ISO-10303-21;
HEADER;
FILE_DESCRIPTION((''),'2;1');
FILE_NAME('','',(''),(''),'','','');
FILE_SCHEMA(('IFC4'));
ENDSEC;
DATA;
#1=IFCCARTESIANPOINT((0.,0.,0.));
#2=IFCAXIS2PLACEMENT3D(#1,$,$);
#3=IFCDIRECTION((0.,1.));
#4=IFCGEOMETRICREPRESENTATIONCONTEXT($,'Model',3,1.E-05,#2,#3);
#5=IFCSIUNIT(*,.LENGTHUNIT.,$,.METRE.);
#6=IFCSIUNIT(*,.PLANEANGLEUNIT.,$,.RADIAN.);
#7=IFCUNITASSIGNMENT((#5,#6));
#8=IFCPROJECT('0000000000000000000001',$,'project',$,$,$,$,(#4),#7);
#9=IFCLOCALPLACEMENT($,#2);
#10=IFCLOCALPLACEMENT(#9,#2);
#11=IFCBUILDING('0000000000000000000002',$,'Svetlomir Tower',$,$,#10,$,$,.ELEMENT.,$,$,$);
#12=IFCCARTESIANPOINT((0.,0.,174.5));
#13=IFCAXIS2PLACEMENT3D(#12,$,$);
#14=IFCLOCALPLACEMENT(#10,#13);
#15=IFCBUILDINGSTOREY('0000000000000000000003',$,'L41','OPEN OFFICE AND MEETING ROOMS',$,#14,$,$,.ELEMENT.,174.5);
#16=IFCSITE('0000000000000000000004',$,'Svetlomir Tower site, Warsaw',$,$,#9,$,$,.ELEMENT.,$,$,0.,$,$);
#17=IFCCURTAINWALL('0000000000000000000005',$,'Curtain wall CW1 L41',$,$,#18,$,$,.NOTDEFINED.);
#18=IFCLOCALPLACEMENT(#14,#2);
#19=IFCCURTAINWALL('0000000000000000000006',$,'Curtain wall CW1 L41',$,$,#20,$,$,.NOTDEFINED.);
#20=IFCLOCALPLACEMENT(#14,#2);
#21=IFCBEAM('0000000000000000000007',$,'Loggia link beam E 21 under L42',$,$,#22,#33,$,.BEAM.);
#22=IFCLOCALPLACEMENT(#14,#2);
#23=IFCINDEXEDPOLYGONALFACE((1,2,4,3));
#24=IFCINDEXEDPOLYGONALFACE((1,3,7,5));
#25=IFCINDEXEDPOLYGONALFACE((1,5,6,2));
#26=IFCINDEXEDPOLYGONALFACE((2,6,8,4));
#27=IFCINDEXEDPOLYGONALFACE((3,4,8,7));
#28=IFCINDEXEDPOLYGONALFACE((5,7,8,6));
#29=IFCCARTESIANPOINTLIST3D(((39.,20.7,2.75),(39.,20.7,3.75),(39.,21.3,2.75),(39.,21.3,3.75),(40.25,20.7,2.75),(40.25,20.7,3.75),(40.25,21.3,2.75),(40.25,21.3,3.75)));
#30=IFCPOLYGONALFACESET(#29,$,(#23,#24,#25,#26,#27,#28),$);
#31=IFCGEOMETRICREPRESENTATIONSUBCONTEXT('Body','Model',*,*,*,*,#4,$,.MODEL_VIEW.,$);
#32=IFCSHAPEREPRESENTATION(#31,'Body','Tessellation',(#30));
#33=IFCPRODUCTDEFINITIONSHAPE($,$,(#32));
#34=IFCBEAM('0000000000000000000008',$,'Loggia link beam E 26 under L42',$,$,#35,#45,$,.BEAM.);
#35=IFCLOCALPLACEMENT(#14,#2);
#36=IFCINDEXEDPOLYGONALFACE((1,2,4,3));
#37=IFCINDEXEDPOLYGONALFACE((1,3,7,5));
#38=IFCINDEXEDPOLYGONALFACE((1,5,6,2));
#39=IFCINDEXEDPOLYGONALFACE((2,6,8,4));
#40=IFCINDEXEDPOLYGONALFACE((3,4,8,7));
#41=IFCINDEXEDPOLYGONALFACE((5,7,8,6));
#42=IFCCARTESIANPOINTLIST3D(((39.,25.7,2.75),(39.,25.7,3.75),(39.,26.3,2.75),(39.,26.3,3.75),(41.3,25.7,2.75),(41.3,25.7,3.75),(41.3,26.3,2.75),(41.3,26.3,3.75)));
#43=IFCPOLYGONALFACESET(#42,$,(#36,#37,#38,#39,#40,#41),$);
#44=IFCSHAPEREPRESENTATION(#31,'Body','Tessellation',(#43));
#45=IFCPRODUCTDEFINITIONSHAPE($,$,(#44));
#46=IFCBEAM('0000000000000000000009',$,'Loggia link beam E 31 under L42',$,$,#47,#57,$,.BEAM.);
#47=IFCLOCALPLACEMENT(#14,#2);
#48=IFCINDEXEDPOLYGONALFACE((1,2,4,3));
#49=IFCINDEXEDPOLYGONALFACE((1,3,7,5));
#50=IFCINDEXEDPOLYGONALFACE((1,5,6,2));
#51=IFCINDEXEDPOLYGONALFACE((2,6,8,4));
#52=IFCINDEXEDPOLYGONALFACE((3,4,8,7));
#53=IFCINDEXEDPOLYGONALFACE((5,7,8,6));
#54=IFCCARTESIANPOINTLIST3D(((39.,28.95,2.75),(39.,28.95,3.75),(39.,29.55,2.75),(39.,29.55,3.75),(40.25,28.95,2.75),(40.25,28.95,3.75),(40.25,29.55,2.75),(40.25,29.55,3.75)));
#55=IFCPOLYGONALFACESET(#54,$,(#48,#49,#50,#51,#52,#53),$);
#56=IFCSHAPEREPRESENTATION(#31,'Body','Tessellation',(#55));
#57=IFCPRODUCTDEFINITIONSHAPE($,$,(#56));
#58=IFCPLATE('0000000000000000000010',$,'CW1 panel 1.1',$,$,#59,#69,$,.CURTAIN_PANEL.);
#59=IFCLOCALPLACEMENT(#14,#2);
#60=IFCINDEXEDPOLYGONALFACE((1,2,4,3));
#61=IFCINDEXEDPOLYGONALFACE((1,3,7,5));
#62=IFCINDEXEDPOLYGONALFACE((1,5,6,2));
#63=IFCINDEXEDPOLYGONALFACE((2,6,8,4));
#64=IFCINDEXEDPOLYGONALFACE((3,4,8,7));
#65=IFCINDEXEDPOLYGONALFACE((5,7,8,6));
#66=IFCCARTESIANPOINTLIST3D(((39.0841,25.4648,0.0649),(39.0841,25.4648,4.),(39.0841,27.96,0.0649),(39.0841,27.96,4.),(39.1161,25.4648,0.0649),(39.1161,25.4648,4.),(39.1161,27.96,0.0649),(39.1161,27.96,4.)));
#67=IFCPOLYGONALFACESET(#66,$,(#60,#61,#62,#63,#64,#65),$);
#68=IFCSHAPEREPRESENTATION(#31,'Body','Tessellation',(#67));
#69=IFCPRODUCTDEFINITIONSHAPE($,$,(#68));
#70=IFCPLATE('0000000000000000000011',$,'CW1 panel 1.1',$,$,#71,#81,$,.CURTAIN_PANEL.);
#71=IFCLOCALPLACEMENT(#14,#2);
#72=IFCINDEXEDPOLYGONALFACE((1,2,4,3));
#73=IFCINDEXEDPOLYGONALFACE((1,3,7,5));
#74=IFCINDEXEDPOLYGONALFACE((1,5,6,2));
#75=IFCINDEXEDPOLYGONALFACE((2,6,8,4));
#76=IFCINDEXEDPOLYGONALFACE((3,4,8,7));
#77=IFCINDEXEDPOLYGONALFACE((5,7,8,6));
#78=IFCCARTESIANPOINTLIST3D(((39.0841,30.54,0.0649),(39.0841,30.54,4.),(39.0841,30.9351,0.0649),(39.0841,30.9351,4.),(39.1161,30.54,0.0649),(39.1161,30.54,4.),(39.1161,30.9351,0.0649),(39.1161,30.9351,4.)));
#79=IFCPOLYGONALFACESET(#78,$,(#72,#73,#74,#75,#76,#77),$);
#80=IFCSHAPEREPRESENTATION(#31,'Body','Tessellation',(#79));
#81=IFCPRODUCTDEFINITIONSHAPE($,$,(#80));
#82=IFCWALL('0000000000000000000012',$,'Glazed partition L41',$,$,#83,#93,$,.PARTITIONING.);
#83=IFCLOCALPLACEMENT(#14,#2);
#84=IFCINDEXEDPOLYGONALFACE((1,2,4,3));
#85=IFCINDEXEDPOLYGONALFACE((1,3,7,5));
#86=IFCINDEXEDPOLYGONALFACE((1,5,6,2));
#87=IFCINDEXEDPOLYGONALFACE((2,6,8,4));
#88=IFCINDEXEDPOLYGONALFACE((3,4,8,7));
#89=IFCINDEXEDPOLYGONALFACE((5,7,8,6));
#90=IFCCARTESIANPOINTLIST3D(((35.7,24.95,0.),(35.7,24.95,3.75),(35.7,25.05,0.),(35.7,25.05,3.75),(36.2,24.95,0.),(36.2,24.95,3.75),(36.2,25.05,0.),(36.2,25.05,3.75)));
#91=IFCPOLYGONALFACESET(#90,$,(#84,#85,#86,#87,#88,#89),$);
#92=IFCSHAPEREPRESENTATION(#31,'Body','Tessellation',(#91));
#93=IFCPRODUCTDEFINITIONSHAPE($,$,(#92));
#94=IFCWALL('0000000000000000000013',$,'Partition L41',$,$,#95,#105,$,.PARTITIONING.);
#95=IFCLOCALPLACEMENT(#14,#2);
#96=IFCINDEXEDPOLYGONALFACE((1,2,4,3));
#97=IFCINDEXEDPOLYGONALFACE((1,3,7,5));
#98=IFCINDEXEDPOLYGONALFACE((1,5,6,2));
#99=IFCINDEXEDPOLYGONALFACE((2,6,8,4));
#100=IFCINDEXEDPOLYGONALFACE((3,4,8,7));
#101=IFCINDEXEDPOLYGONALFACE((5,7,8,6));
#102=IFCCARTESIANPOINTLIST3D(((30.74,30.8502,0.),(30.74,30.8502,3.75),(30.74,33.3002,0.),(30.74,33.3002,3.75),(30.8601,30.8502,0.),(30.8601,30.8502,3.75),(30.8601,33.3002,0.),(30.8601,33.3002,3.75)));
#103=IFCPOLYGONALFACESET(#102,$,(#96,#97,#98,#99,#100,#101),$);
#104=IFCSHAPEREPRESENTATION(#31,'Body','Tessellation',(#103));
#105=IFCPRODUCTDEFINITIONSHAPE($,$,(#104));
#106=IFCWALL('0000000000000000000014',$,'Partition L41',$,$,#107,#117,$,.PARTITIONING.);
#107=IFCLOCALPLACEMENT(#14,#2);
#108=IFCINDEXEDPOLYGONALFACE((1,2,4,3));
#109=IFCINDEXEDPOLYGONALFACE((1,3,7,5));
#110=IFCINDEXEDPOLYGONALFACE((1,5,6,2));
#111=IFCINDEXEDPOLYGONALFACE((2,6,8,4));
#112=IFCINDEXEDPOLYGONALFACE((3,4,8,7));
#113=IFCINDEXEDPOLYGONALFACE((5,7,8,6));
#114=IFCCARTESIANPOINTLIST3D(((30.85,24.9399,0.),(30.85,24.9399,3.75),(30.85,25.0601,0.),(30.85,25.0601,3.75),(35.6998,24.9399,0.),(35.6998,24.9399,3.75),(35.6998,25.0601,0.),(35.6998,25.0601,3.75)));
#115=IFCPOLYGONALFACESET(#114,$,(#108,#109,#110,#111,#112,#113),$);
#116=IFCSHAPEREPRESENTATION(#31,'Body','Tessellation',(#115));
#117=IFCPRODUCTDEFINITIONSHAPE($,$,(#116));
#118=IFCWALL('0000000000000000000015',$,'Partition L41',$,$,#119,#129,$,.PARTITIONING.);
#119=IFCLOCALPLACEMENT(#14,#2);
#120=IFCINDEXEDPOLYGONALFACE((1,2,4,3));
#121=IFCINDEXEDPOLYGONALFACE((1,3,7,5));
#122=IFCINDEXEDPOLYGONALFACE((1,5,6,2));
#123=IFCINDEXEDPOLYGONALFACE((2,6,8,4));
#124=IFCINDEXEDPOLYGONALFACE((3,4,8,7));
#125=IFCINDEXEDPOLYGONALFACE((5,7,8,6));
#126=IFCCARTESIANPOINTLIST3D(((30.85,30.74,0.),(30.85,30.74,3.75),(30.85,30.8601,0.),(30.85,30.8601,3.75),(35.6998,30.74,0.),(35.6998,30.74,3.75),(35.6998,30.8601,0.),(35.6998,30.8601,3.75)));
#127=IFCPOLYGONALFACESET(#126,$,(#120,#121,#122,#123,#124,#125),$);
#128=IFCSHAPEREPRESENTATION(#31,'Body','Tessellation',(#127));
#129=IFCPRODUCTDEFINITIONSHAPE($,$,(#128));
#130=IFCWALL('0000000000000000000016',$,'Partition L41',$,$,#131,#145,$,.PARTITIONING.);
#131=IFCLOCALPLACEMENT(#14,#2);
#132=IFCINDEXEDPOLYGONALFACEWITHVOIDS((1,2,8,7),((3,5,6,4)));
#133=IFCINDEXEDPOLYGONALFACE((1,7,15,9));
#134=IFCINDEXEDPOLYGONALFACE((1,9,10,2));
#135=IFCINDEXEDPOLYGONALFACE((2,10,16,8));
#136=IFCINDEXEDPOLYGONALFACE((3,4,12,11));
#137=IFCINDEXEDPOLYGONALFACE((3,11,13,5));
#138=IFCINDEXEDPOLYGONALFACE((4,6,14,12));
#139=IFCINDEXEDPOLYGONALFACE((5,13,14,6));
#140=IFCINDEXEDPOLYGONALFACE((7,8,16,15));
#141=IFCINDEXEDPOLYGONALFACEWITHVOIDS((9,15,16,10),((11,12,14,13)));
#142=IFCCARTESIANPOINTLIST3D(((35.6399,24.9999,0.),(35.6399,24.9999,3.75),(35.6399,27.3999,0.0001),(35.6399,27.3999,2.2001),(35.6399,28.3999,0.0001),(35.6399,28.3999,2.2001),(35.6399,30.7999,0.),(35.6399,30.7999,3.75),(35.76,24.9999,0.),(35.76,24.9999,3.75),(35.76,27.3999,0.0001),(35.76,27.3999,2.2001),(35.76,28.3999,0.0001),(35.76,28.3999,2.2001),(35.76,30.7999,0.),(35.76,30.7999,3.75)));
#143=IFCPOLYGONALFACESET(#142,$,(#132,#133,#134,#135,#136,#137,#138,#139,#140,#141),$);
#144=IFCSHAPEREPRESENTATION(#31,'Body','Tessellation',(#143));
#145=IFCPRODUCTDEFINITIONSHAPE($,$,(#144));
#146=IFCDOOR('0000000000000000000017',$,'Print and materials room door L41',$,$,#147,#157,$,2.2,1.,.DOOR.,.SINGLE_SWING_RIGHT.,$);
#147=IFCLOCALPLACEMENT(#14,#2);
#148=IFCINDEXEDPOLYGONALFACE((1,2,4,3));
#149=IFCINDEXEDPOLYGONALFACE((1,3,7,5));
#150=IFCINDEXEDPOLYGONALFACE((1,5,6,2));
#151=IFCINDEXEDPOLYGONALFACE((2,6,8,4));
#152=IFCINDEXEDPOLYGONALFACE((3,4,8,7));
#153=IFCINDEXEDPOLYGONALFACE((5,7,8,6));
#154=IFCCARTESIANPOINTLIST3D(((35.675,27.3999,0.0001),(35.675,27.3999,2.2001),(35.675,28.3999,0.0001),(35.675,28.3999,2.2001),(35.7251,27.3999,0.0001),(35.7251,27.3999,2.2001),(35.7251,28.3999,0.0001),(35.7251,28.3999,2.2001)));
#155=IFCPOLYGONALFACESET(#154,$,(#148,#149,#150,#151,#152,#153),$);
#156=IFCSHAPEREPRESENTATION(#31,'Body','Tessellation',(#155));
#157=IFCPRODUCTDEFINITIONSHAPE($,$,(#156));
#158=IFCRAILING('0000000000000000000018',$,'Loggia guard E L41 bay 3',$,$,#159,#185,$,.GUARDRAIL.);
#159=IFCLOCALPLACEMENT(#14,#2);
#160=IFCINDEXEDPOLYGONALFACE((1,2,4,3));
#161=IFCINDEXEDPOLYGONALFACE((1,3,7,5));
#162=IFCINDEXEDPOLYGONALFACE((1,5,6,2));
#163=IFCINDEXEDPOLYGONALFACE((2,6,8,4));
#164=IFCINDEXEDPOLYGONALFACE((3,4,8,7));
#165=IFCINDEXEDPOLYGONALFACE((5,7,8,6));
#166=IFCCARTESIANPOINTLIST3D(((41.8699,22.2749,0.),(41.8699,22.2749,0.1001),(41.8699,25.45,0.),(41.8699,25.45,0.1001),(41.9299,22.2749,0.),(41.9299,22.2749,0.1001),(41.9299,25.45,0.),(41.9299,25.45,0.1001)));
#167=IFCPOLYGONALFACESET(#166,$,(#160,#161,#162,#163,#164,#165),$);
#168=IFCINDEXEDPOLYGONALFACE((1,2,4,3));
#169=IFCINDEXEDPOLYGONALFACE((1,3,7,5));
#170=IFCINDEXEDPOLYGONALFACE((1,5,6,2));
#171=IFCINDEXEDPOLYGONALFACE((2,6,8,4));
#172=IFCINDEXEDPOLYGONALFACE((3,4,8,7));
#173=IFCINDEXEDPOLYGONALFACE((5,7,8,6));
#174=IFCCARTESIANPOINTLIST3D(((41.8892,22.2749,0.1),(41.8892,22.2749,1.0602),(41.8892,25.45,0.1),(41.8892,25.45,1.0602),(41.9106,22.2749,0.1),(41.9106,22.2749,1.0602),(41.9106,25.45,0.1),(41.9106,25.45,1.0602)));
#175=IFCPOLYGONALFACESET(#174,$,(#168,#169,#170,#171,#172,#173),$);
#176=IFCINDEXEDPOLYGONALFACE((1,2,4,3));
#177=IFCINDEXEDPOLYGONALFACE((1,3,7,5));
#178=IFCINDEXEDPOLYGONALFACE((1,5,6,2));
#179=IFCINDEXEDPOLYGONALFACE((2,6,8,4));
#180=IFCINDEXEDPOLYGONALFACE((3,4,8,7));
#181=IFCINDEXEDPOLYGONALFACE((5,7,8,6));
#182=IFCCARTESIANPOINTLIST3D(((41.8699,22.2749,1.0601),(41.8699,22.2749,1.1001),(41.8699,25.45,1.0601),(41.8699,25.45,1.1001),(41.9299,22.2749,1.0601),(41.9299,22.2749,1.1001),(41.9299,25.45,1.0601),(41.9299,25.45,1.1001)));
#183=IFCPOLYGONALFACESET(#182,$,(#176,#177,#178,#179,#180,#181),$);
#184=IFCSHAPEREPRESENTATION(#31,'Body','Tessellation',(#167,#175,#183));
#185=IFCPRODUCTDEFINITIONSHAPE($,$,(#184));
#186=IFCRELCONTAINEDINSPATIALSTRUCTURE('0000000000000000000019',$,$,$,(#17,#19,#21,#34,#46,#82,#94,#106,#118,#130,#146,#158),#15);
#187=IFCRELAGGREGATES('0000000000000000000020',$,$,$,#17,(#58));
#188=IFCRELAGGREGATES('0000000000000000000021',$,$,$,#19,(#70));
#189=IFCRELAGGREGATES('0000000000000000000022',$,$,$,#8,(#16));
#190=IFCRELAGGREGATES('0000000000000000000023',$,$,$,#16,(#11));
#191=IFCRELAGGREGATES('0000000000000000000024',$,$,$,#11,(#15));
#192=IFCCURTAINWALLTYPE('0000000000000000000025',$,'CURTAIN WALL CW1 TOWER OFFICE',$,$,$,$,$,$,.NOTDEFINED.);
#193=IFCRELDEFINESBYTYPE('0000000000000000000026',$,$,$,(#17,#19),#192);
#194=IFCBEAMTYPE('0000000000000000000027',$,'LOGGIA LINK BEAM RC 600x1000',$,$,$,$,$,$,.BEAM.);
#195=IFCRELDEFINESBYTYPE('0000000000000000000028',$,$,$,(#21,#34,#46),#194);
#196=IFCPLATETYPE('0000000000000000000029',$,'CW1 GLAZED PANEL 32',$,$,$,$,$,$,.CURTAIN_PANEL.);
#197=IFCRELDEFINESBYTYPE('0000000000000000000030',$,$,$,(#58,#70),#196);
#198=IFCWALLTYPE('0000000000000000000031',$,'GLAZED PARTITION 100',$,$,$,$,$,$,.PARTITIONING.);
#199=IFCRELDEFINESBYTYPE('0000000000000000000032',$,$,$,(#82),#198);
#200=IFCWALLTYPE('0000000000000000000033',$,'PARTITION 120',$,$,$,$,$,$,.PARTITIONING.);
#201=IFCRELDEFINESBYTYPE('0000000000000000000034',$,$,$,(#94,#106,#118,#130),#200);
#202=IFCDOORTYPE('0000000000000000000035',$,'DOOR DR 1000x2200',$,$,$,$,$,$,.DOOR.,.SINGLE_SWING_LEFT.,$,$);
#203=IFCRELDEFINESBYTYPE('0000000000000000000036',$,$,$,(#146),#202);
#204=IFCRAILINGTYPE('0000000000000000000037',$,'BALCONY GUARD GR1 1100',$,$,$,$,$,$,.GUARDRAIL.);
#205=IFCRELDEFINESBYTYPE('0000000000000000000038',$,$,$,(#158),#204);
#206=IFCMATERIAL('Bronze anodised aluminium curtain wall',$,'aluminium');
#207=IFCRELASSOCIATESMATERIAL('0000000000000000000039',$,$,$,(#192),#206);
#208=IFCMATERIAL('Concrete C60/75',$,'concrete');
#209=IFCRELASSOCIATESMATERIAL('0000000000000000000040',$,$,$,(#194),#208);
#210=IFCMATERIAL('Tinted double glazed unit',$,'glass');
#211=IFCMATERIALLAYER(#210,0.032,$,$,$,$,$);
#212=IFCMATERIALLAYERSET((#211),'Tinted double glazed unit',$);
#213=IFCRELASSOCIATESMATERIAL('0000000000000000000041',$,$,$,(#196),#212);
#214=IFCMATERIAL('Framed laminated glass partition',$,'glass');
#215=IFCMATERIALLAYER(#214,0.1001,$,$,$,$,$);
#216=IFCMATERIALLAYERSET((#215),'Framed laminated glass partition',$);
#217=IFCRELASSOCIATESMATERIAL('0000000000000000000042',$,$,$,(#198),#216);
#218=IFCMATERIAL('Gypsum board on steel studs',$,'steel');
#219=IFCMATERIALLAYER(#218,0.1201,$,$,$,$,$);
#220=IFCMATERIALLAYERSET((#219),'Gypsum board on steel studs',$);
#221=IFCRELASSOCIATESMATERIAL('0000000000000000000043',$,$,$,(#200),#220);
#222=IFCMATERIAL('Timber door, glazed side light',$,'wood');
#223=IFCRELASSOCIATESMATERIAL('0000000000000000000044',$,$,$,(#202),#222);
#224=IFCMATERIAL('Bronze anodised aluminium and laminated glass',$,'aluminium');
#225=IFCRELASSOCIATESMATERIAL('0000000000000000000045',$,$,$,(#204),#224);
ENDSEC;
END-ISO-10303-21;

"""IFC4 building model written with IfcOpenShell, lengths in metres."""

from ifc_helpers import new_model, si_unit, direction, frame, frame_2d, origin, origin_2d, place, context, subcontext, project, spatial, rectangle, extrude, material, layer, layer_set, material_profile, profile_set, type_object, element, fill, aggregate, save


model = new_model("IFC4")

# Units and contexts
model_context = context("Model", 3, precision=1e-05, world=origin(), true_north=direction((0.0, 1.0)))
body_context = subcontext(model_context, "Body", "Model", "MODEL_VIEW")
ifc_project = project(units=[si_unit("LENGTHUNIT", "METRE"), si_unit("PLANEANGLEUNIT", "RADIAN")], contexts=[model_context])

# Site, building, storey
site_placement = place(None, origin())
site = spatial("IfcSite", under=ifc_project, at=site_placement, Name="Svetlomir Tower site, Warsaw", CompositionType="ELEMENT", RefElevation=0.0)
building_placement = place(site_placement, origin())
building = spatial("IfcBuilding", under=site, at=building_placement, Name="Svetlomir Tower", CompositionType="ELEMENT")
storey_placement = place(building_placement, frame((0.0, 0.0, 174.5)))
storey = spatial("IfcBuildingStorey", under=building, at=storey_placement, Name="L41", Description="OPEN OFFICE AND MEETING ROOMS", CompositionType="ELEMENT", Elevation=174.5)

# Curtain wall
ifc_material_1 = material(Name="Bronze anodised aluminium curtain wall", Category="aluminium")
curtain_wall_type = type_object("IfcCurtainWallType", Name="CURTAIN WALL CW1 TOWER OFFICE", PredefinedType="NOTDEFINED", material=ifc_material_1)
curtain_wall_1_placement = place(storey_placement, origin())
curtain_wall_1 = element("IfcCurtainWall", 1, at=curtain_wall_1_placement, inside=storey, type_object=curtain_wall_type, Name="Curtain wall CW1 L41", PredefinedType="NOTDEFINED")

# Curtain wall
curtain_wall_2_placement = place(storey_placement, origin())
curtain_wall_2 = element("IfcCurtainWall", 2, at=curtain_wall_2_placement, inside=storey, type_object=curtain_wall_type, Name="Curtain wall CW1 L41", PredefinedType="NOTDEFINED")

# Beams
ifc_material_2 = material(Name="Concrete C60/75", Category="concrete")
ifc_material_profile_1 = material_profile(ifc_material_2, rectangle(XDim=0.6001, YDim=1.0, at=origin_2d()), Name="RC 600x1000")
ifc_profile_set_1 = profile_set([ifc_material_profile_1], Name="Concrete C60/75")
beam_type_1 = type_object("IfcBeamType", Name="LOGGIA LINK BEAM RC 600x1000", PredefinedType="BEAM", material=ifc_profile_set_1)
beam_1_placement = place(storey_placement, frame((40.25, 21.0, 3.25), z_axis=(-1.0, 0.0, 0.0), x_axis=(0.0, -1.0, 0.0)))
element("IfcBeam", 3, at=beam_1_placement, inside=storey, type_object=beam_type_1, Name="Loggia link beam E 21 under L42", PredefinedType="BEAM", context=body_context, shape_type="SweptSolid", body=[
    extrude(rectangle(XDim=0.6001, YDim=1.0, at=origin_2d()), origin(), (0.0, 0.0, 1.0), 1.25),
])
beam_2_placement = place(storey_placement, frame((41.3, 26.0, 3.25), z_axis=(-1.0, 0.0, 0.0), x_axis=(0.0, -1.0, 0.0)))
element("IfcBeam", 4, at=beam_2_placement, inside=storey, type_object=beam_type_1, Name="Loggia link beam E 26 under L42", PredefinedType="BEAM", context=body_context, shape_type="SweptSolid", body=[
    extrude(rectangle(XDim=0.6001, YDim=1.0, at=origin_2d()), origin(), (0.0, 0.0, 1.0), 2.3),
])
beam_3_placement = place(storey_placement, frame((40.25, 29.25, 3.25), z_axis=(-1.0, 0.0, 0.0), x_axis=(0.0, -1.0, 0.0)))
element("IfcBeam", 5, at=beam_3_placement, inside=storey, type_object=beam_type_1, Name="Loggia link beam E 31 under L42", PredefinedType="BEAM", context=body_context, shape_type="SweptSolid", body=[
    extrude(rectangle(XDim=0.6001, YDim=1.0, at=origin_2d()), origin(), (0.0, 0.0, 1.0), 1.25),
])

# Plates
ifc_material_3 = material(Name="Tinted double glazed unit", Category="glass")
ifc_layer_1 = layer(ifc_material_3, 0.032)
ifc_layer_set_1 = layer_set([ifc_layer_1], Name="Tinted double glazed unit")
plate_type = type_object("IfcPlateType", Name="CW1 GLAZED PANEL 32", PredefinedType="CURTAIN_PANEL", material=ifc_layer_set_1)
plate_1_placement = place(storey_placement, frame((39.1001, 26.7124, 0.0649), z_axis=(0.0, 0.0, 1.0), x_axis=(0.0, 1.0, 0.0)))
plate_1 = element("IfcPlate", 6, at=plate_1_placement, type_object=plate_type, Name="CW1 panel 1.1", PredefinedType="CURTAIN_PANEL", context=body_context, shape_type="SweptSolid", body=[
    extrude(rectangle(XDim=2.4951, YDim=0.032, at=origin_2d()), origin(), (0.0, 0.0, 1.0), 3.9351),
])
aggregate(curtain_wall_1, [plate_1])
plate_2_placement = place(storey_placement, frame((39.1001, 30.7375, 0.0649), z_axis=(0.0, 0.0, 1.0), x_axis=(0.0, 1.0, 0.0)))
plate_2 = element("IfcPlate", 7, at=plate_2_placement, type_object=plate_type, Name="CW1 panel 1.1", PredefinedType="CURTAIN_PANEL", context=body_context, shape_type="SweptSolid", body=[
    extrude(rectangle(XDim=0.395, YDim=0.032, at=origin_2d()), origin(), (0.0, 0.0, 1.0), 3.9351),
])
aggregate(curtain_wall_2, [plate_2])

# Walls
ifc_material_4 = material(Name="Framed laminated glass partition", Category="glass")
ifc_layer_2 = layer(ifc_material_4, 0.1001)
ifc_layer_set_2 = layer_set([ifc_layer_2], Name="Framed laminated glass partition")
wall_type_1 = type_object("IfcWallType", Name="GLAZED PARTITION 100", PredefinedType="PARTITIONING", material=ifc_layer_set_2)
wall_1_placement = place(storey_placement, frame((35.7, 25.0, 0.0), z_axis=(0.0, 0.0, 1.0), x_axis=(1.0, 0.0, 0.0)))
element("IfcWall", 8, at=wall_1_placement, inside=storey, type_object=wall_type_1, Name="Glazed partition L41", PredefinedType="PARTITIONING", context=body_context, shape_type="SweptSolid", body=[
    extrude(rectangle(XDim=0.5, YDim=0.1001, at=frame_2d((0.25, 0.0))), origin(), (0.0, 0.0, 1.0), 3.75),
])
ifc_material_5 = material(Name="Gypsum board on steel studs", Category="steel")
ifc_layer_3 = layer(ifc_material_5, 0.1201)
ifc_layer_set_3 = layer_set([ifc_layer_3], Name="Gypsum board on steel studs")
wall_type_2 = type_object("IfcWallType", Name="PARTITION 120", PredefinedType="PARTITIONING", material=ifc_layer_set_3)
wall_2_placement = place(storey_placement, frame((30.8, 30.8501, 0.0), z_axis=(0.0, 0.0, 1.0), x_axis=(0.0, 1.0, 0.0)))
element("IfcWall", 9, at=wall_2_placement, inside=storey, type_object=wall_type_2, Name="Partition L41", PredefinedType="PARTITIONING", context=body_context, shape_type="SweptSolid", body=[
    extrude(rectangle(XDim=2.45, YDim=0.1201, at=frame_2d((1.2251, 0.0))), origin(), (0.0, 0.0, 1.0), 3.75),
])
for number, where, z_axis, x_axis, name in (
    (10, (30.8501, 25.0, 0.0), (0.0, 0.0, 1.0), (1.0, 0.0, 0.0), "Partition L41"),
    (11, (30.8501, 30.8, 0.0), (0.0, 0.0, 1.0), (1.0, 0.0, 0.0), "Partition L41"),
):
    element("IfcWall", number, at=place(storey_placement, frame(where, z_axis=z_axis, x_axis=x_axis)), inside=storey, type_object=wall_type_2, Name=name, PredefinedType="PARTITIONING", context=body_context, shape_type="SweptSolid", body=[
        extrude(rectangle(XDim=4.8499, YDim=0.1201, at=frame_2d((2.4248, 0.0))), origin(), (0.0, 0.0, 1.0), 3.75),
    ])

# Wall, opening, door
wall_3_placement = place(storey_placement, frame((35.7, 25.0, 0.0), z_axis=(0.0, 0.0, 1.0), x_axis=(0.0, 1.0, 0.0)))
wall_3 = element("IfcWall", 12, at=wall_3_placement, inside=storey, type_object=wall_type_2, Name="Partition L41", PredefinedType="PARTITIONING", context=body_context, shape_type="SweptSolid", body=[
    extrude(rectangle(XDim=5.8, YDim=0.1201, at=frame_2d((2.8999, 0.0))), origin(), (0.0, 0.0, 1.0), 3.75),
])
opening_1_placement = place(wall_3_placement, frame((2.3999, 0.0, 0.0)))
opening_1 = element("IfcOpeningElement", 13, at=opening_1_placement, cuts=wall_3, PredefinedType="OPENING", context=body_context, shape_type="SweptSolid", body=[
    extrude(rectangle(XDim=1.0, YDim=2.2, at=frame_2d((0.5, 1.1001))), frame((0.0, 0.0701, 0.0), z_axis=(0.0, -1.0, 0.0), x_axis=(1.0, 0.0, 0.0)), (0.0, 0.0, 1.0), 0.1401),
])
ifc_material_6 = material(Name="Timber door, glazed side light", Category="wood")
door_type_1 = type_object("IfcDoorType", Name="DOOR DR 1000x2200", OperationType="SINGLE_SWING_LEFT", PredefinedType="DOOR", material=ifc_material_6)
door_1_placement = place(opening_1_placement, origin())
door_1 = element("IfcDoor", 14, at=door_1_placement, inside=storey, type_object=door_type_1, Name="Print and materials room door L41", OperationType="SINGLE_SWING_RIGHT", OverallHeight=2.2, OverallWidth=1.0, PredefinedType="DOOR", context=body_context, shape_type="SweptSolid", body=[
    extrude(rectangle(XDim=1.0, YDim=2.2, at=frame_2d((0.5, 1.1001))), frame((0.0, 0.0249, 0.0), z_axis=(0.0, -1.0, 0.0), x_axis=(1.0, 0.0, 0.0)), (0.0, 0.0, 1.0), 0.05),
])
fill(opening_1, door_1)

# Railing
ifc_material_7 = material(Name="Bronze anodised aluminium and laminated glass", Category="aluminium")
railing_type = type_object("IfcRailingType", Name="BALCONY GUARD GR1 1100", PredefinedType="GUARDRAIL", material=ifc_material_7)
for number, where, name in (
    (15, (41.8999, 22.2749, 0.0), "Loggia guard E L41 bay 3"),
):
    element("IfcRailing", number, at=place(storey_placement, frame(where)), inside=storey, type_object=railing_type, Name=name, PredefinedType="GUARDRAIL", context=body_context, shape_type="SweptSolid", body=[
        extrude(rectangle(XDim=0.0601, YDim=0.1001, at=origin_2d()), frame((0.0, 0.0, 0.05), z_axis=(0.0, 1.0, 0.0), x_axis=(-1.0, 0.0, 0.0)), (0.0, 0.0, 1.0), 3.175),
        extrude(rectangle(XDim=0.0215, YDim=0.9602, at=origin_2d()), frame((0.0, 0.0, 0.5801), z_axis=(0.0, 1.0, 0.0), x_axis=(-1.0, 0.0, 0.0)), (0.0, 0.0, 1.0), 3.175),
        extrude(rectangle(XDim=0.0601, YDim=0.04, at=origin_2d()), frame((0.0, 0.0, 1.0801), z_axis=(0.0, 1.0, 0.0), x_axis=(-1.0, 0.0, 0.0)), (0.0, 0.0, 1.0), 3.175),
    ])

save(model, "model.ifc")
